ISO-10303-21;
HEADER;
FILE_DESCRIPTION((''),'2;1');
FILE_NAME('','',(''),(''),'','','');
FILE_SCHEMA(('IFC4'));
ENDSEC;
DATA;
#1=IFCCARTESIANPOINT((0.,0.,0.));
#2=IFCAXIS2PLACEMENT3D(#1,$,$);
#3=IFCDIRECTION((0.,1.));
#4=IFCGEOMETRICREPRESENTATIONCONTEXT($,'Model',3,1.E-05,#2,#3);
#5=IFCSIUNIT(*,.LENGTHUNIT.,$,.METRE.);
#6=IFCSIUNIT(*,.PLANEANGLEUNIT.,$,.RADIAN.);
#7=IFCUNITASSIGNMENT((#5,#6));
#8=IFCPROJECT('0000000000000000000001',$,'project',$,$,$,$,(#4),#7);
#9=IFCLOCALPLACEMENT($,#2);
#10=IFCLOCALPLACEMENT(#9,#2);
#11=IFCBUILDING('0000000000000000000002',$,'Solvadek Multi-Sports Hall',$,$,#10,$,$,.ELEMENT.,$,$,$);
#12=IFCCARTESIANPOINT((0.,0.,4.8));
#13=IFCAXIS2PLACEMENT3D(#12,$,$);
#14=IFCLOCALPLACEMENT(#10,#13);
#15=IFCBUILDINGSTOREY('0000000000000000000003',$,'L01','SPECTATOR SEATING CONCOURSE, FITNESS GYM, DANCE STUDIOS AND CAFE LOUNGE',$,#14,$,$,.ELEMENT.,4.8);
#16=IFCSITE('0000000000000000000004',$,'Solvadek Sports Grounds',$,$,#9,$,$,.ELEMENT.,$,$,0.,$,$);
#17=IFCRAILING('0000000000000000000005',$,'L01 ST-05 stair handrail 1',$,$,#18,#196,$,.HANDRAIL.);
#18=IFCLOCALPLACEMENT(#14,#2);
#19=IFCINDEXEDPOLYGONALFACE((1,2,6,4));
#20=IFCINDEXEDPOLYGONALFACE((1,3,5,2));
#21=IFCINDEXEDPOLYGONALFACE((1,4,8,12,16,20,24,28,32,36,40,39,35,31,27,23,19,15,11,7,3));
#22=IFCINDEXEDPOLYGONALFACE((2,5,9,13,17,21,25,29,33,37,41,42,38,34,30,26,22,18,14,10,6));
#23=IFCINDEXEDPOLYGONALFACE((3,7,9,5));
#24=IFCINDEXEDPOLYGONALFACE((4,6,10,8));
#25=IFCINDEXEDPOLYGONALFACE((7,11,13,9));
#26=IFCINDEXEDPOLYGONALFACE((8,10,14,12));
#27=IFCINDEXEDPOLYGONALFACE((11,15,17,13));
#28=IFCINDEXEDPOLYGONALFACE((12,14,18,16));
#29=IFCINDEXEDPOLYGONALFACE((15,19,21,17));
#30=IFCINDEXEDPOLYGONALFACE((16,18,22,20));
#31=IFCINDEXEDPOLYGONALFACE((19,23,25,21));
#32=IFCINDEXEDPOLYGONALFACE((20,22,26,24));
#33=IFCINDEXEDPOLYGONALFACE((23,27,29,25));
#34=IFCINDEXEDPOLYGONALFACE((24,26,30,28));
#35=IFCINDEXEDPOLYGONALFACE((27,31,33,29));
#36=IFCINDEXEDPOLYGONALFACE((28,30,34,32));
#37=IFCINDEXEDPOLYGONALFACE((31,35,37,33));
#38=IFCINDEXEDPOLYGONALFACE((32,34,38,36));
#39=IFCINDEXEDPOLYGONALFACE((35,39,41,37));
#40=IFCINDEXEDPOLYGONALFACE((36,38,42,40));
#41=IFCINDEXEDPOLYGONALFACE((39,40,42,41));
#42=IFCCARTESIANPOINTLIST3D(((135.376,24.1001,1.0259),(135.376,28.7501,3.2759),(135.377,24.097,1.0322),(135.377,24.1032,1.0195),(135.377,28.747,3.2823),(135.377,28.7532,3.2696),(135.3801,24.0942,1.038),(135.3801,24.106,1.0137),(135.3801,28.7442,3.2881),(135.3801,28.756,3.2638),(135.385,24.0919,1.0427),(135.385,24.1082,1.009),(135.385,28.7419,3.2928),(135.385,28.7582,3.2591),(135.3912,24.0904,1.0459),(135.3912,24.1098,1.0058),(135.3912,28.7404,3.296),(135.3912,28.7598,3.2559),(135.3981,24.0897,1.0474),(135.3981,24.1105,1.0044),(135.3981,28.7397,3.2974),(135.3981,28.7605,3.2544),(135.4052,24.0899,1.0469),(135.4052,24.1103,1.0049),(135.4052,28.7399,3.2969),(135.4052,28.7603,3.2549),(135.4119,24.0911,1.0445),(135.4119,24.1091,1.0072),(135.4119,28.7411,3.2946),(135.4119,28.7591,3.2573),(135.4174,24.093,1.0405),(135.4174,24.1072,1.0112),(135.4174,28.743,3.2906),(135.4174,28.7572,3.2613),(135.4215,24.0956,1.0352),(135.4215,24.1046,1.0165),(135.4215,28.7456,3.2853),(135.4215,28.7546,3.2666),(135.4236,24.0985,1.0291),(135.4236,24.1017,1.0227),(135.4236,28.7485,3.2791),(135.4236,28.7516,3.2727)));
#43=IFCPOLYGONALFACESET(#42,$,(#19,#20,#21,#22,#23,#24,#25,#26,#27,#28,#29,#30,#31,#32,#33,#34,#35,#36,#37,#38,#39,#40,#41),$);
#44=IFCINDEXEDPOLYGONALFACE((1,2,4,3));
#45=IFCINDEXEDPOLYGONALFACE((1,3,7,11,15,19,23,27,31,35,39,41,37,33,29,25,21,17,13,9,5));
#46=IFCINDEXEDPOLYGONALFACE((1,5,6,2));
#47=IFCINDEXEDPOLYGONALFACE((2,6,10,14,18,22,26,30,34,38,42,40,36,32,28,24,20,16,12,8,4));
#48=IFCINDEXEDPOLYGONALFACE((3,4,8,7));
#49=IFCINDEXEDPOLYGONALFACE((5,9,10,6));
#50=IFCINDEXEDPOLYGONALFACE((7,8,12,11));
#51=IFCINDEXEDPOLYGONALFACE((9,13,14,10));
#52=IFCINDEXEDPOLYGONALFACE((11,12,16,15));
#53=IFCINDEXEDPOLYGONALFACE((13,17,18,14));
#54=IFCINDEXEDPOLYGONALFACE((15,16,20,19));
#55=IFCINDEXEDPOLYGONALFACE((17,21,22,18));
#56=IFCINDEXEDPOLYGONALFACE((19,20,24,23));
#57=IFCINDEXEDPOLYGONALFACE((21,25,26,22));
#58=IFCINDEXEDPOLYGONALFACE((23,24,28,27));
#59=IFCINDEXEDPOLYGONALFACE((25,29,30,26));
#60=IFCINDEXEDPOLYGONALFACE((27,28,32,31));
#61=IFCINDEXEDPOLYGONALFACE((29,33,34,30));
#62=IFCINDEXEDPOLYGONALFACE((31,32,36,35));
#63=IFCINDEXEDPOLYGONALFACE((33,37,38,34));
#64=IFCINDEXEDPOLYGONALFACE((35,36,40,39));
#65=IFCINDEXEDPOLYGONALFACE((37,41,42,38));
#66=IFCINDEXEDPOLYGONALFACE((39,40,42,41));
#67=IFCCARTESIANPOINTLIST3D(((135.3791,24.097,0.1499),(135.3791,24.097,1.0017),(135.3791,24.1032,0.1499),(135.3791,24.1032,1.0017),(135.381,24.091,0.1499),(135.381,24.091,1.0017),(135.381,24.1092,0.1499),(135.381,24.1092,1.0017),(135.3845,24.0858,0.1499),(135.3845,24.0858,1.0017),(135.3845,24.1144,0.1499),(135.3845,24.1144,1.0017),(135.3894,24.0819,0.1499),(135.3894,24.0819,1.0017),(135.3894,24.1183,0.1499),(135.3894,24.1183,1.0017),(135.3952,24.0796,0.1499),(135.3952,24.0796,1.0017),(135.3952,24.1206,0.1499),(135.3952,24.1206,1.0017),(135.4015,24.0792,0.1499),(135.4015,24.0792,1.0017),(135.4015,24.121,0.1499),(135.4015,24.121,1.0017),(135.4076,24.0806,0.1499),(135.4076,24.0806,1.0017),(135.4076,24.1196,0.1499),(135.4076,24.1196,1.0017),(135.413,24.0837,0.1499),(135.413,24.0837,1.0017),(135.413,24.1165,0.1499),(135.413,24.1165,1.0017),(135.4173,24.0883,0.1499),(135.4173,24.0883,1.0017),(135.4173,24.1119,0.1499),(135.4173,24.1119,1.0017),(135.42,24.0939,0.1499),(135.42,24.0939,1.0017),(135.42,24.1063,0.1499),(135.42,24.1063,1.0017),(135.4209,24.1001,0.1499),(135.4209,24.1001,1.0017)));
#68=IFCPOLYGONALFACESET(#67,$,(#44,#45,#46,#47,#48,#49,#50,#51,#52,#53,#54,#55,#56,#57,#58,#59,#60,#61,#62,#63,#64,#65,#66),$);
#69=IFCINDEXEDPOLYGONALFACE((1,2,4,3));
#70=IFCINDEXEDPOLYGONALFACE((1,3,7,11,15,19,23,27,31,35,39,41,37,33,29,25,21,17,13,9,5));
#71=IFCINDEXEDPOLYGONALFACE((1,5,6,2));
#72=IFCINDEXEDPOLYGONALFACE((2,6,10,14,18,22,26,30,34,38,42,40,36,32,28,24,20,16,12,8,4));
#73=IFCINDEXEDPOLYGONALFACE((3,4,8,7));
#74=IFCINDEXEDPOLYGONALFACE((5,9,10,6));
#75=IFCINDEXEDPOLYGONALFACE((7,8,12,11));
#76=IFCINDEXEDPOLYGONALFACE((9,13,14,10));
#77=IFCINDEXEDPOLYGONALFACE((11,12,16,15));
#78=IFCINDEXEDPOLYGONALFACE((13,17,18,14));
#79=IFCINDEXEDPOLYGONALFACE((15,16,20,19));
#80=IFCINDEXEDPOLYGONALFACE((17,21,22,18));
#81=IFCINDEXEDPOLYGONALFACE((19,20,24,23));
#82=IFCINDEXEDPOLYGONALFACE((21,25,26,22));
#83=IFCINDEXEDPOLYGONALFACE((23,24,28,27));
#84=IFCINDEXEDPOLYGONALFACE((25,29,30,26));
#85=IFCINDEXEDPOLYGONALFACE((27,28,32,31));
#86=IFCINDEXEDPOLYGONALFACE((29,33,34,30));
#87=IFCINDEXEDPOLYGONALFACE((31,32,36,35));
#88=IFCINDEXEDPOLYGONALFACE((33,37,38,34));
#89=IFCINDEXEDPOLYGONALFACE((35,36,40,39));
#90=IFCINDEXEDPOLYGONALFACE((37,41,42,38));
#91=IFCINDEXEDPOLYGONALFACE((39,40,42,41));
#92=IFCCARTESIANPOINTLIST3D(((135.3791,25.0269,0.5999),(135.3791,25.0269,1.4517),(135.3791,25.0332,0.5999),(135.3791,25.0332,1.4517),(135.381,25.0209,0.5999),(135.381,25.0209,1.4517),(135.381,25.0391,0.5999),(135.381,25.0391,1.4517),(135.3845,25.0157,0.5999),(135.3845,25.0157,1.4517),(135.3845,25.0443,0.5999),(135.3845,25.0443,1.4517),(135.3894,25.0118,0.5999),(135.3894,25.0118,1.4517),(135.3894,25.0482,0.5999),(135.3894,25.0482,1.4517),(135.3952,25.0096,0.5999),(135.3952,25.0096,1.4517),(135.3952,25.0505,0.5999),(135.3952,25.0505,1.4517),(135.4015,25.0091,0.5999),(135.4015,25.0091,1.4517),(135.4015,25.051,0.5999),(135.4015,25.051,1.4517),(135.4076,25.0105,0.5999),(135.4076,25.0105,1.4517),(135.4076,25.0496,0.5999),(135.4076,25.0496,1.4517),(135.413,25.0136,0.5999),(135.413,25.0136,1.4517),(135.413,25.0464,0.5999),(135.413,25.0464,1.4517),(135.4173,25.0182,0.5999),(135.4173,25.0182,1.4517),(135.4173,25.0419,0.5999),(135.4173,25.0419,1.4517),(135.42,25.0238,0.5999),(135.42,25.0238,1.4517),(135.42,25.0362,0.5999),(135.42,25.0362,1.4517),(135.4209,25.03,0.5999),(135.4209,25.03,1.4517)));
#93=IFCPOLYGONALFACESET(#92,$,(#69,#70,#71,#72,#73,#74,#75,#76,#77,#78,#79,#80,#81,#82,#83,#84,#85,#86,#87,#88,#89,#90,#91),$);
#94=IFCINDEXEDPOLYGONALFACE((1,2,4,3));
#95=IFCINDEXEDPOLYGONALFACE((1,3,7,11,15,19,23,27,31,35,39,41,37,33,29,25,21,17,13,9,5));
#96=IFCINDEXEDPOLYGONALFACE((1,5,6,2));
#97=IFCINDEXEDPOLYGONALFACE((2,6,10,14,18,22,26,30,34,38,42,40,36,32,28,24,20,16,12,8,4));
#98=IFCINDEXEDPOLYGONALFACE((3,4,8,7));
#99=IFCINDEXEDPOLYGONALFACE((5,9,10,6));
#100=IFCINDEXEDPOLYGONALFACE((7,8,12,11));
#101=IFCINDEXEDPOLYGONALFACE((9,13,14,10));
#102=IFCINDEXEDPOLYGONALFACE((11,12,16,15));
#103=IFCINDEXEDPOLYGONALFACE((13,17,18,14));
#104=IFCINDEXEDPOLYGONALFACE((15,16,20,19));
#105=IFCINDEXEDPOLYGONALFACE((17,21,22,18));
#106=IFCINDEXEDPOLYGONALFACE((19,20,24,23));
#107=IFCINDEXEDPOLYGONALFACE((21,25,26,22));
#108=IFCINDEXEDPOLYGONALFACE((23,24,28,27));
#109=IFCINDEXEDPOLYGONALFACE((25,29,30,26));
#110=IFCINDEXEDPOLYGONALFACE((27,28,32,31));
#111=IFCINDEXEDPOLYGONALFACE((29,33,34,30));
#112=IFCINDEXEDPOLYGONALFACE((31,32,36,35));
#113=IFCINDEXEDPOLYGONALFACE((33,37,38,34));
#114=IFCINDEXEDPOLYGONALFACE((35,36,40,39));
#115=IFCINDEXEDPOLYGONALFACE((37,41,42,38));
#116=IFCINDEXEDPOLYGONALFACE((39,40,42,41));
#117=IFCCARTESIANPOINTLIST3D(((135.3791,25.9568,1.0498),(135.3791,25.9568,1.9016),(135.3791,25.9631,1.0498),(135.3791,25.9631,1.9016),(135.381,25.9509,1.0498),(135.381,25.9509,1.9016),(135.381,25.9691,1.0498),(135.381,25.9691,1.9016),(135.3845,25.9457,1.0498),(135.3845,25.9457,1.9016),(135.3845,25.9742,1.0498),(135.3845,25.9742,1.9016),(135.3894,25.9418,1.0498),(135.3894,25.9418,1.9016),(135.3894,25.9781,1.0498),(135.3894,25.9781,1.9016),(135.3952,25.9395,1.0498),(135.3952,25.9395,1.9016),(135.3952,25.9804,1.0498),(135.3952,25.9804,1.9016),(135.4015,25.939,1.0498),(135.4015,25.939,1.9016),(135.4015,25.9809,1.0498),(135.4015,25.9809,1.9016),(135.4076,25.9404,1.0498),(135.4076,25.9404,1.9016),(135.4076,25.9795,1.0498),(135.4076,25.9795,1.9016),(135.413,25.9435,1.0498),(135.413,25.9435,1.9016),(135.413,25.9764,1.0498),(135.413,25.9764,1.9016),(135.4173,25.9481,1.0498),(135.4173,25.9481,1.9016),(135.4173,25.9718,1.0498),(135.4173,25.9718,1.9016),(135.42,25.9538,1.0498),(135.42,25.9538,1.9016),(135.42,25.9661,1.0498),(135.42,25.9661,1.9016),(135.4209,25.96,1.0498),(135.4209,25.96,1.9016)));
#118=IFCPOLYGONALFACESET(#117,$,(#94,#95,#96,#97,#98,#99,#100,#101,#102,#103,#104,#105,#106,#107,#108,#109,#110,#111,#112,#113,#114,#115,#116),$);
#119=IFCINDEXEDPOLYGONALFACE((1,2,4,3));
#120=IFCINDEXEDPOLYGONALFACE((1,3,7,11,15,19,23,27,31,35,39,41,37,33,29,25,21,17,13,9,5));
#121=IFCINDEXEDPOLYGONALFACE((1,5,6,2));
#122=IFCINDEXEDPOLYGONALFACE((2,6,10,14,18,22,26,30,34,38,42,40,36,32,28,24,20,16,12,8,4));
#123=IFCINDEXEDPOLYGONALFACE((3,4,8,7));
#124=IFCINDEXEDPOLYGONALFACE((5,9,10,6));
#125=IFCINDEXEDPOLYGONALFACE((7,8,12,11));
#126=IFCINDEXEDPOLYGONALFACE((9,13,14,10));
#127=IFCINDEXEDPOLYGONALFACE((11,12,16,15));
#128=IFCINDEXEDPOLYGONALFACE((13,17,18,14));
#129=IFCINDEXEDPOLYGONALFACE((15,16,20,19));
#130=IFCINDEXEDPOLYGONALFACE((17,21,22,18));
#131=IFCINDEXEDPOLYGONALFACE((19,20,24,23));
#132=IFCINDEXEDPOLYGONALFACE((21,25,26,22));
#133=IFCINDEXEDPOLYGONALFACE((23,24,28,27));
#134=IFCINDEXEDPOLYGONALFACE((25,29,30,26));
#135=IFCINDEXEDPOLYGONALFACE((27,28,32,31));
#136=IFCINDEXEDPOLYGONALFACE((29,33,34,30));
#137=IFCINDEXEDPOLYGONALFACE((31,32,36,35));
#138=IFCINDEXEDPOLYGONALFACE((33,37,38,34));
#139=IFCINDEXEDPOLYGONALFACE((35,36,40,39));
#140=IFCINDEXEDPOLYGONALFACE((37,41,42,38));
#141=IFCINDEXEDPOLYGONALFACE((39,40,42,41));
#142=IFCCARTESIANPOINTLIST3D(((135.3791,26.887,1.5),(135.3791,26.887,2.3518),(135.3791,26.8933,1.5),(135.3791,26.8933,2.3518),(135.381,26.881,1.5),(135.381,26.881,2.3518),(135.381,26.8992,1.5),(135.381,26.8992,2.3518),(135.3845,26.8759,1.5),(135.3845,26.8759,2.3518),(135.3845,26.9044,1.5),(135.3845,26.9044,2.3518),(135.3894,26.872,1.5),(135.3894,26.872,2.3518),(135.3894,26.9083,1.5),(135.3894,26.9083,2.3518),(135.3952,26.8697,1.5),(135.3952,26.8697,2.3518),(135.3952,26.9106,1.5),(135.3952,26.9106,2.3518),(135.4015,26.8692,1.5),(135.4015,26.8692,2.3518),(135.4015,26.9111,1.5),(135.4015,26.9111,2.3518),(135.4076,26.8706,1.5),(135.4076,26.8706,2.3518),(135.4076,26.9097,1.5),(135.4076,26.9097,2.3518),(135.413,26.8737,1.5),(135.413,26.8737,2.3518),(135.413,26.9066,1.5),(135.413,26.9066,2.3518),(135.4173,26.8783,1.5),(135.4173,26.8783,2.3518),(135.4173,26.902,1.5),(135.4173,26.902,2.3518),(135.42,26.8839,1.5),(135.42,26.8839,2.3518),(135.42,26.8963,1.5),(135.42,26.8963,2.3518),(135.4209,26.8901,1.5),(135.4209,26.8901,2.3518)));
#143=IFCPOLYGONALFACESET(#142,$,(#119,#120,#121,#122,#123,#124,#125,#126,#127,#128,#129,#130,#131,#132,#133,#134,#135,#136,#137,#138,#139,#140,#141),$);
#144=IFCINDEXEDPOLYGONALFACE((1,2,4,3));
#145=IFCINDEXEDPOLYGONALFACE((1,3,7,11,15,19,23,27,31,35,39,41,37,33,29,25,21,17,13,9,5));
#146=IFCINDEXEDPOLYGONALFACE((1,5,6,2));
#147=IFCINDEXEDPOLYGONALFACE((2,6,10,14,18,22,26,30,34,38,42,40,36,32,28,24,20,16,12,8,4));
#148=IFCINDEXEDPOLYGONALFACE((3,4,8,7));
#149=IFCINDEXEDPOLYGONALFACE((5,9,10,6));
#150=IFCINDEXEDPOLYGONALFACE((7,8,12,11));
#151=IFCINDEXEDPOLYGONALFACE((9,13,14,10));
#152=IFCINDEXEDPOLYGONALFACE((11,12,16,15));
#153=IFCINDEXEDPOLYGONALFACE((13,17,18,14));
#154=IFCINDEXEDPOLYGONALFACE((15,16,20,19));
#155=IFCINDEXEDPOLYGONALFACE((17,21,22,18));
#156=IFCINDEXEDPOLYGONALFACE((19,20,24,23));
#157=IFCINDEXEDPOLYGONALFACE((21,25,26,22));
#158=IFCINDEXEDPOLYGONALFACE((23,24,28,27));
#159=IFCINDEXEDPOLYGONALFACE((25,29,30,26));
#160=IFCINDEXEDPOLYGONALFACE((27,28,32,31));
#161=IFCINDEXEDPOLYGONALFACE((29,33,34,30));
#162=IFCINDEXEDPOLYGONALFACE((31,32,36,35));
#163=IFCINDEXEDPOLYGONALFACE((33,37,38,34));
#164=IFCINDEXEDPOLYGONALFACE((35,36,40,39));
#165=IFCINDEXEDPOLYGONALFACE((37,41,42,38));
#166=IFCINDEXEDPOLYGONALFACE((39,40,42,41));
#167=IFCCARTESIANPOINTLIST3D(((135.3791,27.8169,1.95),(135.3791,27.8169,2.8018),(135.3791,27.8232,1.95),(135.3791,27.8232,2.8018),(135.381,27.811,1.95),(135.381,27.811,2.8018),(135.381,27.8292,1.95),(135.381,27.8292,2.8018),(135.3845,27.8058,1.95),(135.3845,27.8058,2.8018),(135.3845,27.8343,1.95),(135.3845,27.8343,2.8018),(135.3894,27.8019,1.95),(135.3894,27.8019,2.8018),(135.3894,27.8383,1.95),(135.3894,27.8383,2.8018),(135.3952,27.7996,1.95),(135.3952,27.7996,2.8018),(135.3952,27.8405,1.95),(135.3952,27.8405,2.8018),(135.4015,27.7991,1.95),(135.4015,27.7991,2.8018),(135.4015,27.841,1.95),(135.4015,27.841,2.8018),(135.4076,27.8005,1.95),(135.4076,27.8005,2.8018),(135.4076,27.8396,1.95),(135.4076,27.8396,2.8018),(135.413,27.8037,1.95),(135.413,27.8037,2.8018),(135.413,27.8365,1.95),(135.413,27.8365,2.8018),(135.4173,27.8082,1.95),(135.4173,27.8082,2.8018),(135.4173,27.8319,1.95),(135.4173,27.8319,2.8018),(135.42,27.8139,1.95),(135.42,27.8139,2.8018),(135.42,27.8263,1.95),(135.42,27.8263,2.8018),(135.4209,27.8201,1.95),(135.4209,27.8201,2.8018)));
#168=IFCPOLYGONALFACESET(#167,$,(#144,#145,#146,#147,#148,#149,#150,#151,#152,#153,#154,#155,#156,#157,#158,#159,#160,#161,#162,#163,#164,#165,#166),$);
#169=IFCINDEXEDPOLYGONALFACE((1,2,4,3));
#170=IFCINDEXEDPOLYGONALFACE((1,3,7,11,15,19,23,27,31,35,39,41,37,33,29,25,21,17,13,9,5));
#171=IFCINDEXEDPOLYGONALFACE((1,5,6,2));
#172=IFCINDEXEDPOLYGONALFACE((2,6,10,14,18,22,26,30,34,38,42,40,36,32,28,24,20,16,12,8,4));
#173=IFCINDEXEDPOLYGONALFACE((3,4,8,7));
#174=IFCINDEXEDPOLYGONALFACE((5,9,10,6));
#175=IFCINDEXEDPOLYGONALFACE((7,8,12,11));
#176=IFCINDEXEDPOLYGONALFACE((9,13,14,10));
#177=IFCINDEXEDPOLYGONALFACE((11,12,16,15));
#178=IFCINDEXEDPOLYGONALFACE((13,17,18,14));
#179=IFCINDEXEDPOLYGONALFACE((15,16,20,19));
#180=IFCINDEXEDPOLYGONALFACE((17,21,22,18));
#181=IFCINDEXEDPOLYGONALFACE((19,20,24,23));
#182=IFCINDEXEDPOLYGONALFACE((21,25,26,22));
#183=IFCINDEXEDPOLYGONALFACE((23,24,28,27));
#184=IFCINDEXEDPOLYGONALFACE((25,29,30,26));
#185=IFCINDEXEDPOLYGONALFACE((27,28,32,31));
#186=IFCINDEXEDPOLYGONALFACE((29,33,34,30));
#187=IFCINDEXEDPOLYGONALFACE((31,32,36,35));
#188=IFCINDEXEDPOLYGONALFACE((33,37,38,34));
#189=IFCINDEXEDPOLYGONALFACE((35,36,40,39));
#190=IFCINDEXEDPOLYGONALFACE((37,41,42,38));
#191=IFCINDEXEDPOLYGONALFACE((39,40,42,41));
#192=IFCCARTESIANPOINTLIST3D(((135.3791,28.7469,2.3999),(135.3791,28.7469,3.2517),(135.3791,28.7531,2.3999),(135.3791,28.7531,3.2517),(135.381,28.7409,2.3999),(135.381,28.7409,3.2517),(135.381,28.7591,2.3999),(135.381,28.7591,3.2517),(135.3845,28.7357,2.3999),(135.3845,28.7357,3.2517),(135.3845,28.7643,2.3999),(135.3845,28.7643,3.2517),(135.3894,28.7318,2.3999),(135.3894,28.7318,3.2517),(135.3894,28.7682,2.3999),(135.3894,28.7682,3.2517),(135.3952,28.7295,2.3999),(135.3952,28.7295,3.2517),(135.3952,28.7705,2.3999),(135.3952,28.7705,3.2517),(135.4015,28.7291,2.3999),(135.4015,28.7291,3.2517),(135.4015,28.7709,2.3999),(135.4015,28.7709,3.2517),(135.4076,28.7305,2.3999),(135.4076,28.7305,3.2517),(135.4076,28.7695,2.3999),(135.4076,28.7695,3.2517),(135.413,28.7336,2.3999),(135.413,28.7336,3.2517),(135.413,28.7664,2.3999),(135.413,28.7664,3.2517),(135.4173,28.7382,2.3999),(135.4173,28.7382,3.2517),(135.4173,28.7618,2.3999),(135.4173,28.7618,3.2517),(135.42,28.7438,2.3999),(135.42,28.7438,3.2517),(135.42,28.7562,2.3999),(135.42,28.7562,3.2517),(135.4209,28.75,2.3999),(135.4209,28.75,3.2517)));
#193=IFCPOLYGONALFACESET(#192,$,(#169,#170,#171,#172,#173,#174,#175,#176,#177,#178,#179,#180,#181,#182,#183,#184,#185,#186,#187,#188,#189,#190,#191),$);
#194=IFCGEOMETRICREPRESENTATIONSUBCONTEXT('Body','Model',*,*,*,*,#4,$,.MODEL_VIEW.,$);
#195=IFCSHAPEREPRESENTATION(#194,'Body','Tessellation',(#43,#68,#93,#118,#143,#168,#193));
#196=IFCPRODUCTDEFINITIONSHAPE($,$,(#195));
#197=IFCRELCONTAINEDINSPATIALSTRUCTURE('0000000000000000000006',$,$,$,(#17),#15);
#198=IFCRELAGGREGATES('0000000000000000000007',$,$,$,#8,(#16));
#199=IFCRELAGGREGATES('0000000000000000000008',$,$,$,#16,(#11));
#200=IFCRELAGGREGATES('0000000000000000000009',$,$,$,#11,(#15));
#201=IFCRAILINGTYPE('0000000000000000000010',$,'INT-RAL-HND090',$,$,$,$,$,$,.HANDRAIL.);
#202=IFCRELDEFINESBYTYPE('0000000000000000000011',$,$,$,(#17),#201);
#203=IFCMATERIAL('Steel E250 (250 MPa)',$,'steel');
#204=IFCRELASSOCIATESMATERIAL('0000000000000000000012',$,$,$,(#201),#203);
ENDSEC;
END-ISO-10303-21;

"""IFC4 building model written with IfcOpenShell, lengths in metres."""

from ifc_helpers import new_model, si_unit, direction, frame, origin, origin_2d, place, context, subcontext, project, spatial, circle, extrude, material, type_object, element, save


model = new_model("IFC4")

# Units and contexts
model_context = context("Model", 3, precision=1e-05, world=origin(), true_north=direction((0.0, 1.0)))
body_context = subcontext(model_context, "Body", "Model", "MODEL_VIEW")
ifc_project = project(units=[si_unit("LENGTHUNIT", "METRE"), si_unit("PLANEANGLEUNIT", "RADIAN")], contexts=[model_context])

# Site, building, storey
site_placement = place(None, origin())
site = spatial("IfcSite", under=ifc_project, at=site_placement, Name="Solvadek Sports Grounds", CompositionType="ELEMENT", RefElevation=0.0)
building_placement = place(site_placement, origin())
building = spatial("IfcBuilding", under=site, at=building_placement, Name="Solvadek Multi-Sports Hall", CompositionType="ELEMENT")
storey_placement = place(building_placement, frame((0.0, 0.0, 4.8)))
storey = spatial("IfcBuildingStorey", under=building, at=storey_placement, Name="L01", Description="SPECTATOR SEATING CONCOURSE, FITNESS GYM, DANCE STUDIOS AND CAFE LOUNGE", CompositionType="ELEMENT", Elevation=4.8)

# Shared definitions
ifc_material_1 = material(Name="Steel E250 (250 MPa)", Category="steel")

# Railing
railing_type_1 = type_object("IfcRailingType", Name="INT-RAL-HND090", PredefinedType="HANDRAIL", material=ifc_material_1)
railing_1_placement = place(storey_placement, frame((135.3999, 24.1001, 0.1499)))
element("IfcRailing", 1, at=railing_1_placement, inside=storey, type_object=railing_type_1, Name="L01 ST-05 stair handrail 1", PredefinedType="HANDRAIL", context=body_context, shape_type="SweptSolid", body=[
    extrude(circle(Radius=0.0239, at=origin_2d()), frame((0.0, 0.0, 0.876), z_axis=(0.0, 0.900156, 0.435568), x_axis=(-1.0, 0.0, 0.0)), (0.0, 0.0, 1.0), 5.1658),
    extrude(circle(Radius=0.021, at=origin_2d()), origin(), (0.0, 0.0, 1.0), 0.8518),
    extrude(circle(Radius=0.021, at=origin_2d()), frame((0.0, 0.9299, 0.45)), (0.0, 0.0, 1.0), 0.8518),
    extrude(circle(Radius=0.021, at=origin_2d()), frame((0.0, 1.8599, 0.8999)), (0.0, 0.0, 1.0), 0.8518),
    extrude(circle(Radius=0.021, at=origin_2d()), frame((0.0, 2.79, 1.3501)), (0.0, 0.0, 1.0), 0.8518),
    extrude(circle(Radius=0.021, at=origin_2d()), frame((0.0, 3.72, 1.8)), (0.0, 0.0, 1.0), 0.8518),
    extrude(circle(Radius=0.021, at=origin_2d()), frame((0.0, 4.6499, 2.25)), (0.0, 0.0, 1.0), 0.8518),
])

save(model, "model.ifc")
